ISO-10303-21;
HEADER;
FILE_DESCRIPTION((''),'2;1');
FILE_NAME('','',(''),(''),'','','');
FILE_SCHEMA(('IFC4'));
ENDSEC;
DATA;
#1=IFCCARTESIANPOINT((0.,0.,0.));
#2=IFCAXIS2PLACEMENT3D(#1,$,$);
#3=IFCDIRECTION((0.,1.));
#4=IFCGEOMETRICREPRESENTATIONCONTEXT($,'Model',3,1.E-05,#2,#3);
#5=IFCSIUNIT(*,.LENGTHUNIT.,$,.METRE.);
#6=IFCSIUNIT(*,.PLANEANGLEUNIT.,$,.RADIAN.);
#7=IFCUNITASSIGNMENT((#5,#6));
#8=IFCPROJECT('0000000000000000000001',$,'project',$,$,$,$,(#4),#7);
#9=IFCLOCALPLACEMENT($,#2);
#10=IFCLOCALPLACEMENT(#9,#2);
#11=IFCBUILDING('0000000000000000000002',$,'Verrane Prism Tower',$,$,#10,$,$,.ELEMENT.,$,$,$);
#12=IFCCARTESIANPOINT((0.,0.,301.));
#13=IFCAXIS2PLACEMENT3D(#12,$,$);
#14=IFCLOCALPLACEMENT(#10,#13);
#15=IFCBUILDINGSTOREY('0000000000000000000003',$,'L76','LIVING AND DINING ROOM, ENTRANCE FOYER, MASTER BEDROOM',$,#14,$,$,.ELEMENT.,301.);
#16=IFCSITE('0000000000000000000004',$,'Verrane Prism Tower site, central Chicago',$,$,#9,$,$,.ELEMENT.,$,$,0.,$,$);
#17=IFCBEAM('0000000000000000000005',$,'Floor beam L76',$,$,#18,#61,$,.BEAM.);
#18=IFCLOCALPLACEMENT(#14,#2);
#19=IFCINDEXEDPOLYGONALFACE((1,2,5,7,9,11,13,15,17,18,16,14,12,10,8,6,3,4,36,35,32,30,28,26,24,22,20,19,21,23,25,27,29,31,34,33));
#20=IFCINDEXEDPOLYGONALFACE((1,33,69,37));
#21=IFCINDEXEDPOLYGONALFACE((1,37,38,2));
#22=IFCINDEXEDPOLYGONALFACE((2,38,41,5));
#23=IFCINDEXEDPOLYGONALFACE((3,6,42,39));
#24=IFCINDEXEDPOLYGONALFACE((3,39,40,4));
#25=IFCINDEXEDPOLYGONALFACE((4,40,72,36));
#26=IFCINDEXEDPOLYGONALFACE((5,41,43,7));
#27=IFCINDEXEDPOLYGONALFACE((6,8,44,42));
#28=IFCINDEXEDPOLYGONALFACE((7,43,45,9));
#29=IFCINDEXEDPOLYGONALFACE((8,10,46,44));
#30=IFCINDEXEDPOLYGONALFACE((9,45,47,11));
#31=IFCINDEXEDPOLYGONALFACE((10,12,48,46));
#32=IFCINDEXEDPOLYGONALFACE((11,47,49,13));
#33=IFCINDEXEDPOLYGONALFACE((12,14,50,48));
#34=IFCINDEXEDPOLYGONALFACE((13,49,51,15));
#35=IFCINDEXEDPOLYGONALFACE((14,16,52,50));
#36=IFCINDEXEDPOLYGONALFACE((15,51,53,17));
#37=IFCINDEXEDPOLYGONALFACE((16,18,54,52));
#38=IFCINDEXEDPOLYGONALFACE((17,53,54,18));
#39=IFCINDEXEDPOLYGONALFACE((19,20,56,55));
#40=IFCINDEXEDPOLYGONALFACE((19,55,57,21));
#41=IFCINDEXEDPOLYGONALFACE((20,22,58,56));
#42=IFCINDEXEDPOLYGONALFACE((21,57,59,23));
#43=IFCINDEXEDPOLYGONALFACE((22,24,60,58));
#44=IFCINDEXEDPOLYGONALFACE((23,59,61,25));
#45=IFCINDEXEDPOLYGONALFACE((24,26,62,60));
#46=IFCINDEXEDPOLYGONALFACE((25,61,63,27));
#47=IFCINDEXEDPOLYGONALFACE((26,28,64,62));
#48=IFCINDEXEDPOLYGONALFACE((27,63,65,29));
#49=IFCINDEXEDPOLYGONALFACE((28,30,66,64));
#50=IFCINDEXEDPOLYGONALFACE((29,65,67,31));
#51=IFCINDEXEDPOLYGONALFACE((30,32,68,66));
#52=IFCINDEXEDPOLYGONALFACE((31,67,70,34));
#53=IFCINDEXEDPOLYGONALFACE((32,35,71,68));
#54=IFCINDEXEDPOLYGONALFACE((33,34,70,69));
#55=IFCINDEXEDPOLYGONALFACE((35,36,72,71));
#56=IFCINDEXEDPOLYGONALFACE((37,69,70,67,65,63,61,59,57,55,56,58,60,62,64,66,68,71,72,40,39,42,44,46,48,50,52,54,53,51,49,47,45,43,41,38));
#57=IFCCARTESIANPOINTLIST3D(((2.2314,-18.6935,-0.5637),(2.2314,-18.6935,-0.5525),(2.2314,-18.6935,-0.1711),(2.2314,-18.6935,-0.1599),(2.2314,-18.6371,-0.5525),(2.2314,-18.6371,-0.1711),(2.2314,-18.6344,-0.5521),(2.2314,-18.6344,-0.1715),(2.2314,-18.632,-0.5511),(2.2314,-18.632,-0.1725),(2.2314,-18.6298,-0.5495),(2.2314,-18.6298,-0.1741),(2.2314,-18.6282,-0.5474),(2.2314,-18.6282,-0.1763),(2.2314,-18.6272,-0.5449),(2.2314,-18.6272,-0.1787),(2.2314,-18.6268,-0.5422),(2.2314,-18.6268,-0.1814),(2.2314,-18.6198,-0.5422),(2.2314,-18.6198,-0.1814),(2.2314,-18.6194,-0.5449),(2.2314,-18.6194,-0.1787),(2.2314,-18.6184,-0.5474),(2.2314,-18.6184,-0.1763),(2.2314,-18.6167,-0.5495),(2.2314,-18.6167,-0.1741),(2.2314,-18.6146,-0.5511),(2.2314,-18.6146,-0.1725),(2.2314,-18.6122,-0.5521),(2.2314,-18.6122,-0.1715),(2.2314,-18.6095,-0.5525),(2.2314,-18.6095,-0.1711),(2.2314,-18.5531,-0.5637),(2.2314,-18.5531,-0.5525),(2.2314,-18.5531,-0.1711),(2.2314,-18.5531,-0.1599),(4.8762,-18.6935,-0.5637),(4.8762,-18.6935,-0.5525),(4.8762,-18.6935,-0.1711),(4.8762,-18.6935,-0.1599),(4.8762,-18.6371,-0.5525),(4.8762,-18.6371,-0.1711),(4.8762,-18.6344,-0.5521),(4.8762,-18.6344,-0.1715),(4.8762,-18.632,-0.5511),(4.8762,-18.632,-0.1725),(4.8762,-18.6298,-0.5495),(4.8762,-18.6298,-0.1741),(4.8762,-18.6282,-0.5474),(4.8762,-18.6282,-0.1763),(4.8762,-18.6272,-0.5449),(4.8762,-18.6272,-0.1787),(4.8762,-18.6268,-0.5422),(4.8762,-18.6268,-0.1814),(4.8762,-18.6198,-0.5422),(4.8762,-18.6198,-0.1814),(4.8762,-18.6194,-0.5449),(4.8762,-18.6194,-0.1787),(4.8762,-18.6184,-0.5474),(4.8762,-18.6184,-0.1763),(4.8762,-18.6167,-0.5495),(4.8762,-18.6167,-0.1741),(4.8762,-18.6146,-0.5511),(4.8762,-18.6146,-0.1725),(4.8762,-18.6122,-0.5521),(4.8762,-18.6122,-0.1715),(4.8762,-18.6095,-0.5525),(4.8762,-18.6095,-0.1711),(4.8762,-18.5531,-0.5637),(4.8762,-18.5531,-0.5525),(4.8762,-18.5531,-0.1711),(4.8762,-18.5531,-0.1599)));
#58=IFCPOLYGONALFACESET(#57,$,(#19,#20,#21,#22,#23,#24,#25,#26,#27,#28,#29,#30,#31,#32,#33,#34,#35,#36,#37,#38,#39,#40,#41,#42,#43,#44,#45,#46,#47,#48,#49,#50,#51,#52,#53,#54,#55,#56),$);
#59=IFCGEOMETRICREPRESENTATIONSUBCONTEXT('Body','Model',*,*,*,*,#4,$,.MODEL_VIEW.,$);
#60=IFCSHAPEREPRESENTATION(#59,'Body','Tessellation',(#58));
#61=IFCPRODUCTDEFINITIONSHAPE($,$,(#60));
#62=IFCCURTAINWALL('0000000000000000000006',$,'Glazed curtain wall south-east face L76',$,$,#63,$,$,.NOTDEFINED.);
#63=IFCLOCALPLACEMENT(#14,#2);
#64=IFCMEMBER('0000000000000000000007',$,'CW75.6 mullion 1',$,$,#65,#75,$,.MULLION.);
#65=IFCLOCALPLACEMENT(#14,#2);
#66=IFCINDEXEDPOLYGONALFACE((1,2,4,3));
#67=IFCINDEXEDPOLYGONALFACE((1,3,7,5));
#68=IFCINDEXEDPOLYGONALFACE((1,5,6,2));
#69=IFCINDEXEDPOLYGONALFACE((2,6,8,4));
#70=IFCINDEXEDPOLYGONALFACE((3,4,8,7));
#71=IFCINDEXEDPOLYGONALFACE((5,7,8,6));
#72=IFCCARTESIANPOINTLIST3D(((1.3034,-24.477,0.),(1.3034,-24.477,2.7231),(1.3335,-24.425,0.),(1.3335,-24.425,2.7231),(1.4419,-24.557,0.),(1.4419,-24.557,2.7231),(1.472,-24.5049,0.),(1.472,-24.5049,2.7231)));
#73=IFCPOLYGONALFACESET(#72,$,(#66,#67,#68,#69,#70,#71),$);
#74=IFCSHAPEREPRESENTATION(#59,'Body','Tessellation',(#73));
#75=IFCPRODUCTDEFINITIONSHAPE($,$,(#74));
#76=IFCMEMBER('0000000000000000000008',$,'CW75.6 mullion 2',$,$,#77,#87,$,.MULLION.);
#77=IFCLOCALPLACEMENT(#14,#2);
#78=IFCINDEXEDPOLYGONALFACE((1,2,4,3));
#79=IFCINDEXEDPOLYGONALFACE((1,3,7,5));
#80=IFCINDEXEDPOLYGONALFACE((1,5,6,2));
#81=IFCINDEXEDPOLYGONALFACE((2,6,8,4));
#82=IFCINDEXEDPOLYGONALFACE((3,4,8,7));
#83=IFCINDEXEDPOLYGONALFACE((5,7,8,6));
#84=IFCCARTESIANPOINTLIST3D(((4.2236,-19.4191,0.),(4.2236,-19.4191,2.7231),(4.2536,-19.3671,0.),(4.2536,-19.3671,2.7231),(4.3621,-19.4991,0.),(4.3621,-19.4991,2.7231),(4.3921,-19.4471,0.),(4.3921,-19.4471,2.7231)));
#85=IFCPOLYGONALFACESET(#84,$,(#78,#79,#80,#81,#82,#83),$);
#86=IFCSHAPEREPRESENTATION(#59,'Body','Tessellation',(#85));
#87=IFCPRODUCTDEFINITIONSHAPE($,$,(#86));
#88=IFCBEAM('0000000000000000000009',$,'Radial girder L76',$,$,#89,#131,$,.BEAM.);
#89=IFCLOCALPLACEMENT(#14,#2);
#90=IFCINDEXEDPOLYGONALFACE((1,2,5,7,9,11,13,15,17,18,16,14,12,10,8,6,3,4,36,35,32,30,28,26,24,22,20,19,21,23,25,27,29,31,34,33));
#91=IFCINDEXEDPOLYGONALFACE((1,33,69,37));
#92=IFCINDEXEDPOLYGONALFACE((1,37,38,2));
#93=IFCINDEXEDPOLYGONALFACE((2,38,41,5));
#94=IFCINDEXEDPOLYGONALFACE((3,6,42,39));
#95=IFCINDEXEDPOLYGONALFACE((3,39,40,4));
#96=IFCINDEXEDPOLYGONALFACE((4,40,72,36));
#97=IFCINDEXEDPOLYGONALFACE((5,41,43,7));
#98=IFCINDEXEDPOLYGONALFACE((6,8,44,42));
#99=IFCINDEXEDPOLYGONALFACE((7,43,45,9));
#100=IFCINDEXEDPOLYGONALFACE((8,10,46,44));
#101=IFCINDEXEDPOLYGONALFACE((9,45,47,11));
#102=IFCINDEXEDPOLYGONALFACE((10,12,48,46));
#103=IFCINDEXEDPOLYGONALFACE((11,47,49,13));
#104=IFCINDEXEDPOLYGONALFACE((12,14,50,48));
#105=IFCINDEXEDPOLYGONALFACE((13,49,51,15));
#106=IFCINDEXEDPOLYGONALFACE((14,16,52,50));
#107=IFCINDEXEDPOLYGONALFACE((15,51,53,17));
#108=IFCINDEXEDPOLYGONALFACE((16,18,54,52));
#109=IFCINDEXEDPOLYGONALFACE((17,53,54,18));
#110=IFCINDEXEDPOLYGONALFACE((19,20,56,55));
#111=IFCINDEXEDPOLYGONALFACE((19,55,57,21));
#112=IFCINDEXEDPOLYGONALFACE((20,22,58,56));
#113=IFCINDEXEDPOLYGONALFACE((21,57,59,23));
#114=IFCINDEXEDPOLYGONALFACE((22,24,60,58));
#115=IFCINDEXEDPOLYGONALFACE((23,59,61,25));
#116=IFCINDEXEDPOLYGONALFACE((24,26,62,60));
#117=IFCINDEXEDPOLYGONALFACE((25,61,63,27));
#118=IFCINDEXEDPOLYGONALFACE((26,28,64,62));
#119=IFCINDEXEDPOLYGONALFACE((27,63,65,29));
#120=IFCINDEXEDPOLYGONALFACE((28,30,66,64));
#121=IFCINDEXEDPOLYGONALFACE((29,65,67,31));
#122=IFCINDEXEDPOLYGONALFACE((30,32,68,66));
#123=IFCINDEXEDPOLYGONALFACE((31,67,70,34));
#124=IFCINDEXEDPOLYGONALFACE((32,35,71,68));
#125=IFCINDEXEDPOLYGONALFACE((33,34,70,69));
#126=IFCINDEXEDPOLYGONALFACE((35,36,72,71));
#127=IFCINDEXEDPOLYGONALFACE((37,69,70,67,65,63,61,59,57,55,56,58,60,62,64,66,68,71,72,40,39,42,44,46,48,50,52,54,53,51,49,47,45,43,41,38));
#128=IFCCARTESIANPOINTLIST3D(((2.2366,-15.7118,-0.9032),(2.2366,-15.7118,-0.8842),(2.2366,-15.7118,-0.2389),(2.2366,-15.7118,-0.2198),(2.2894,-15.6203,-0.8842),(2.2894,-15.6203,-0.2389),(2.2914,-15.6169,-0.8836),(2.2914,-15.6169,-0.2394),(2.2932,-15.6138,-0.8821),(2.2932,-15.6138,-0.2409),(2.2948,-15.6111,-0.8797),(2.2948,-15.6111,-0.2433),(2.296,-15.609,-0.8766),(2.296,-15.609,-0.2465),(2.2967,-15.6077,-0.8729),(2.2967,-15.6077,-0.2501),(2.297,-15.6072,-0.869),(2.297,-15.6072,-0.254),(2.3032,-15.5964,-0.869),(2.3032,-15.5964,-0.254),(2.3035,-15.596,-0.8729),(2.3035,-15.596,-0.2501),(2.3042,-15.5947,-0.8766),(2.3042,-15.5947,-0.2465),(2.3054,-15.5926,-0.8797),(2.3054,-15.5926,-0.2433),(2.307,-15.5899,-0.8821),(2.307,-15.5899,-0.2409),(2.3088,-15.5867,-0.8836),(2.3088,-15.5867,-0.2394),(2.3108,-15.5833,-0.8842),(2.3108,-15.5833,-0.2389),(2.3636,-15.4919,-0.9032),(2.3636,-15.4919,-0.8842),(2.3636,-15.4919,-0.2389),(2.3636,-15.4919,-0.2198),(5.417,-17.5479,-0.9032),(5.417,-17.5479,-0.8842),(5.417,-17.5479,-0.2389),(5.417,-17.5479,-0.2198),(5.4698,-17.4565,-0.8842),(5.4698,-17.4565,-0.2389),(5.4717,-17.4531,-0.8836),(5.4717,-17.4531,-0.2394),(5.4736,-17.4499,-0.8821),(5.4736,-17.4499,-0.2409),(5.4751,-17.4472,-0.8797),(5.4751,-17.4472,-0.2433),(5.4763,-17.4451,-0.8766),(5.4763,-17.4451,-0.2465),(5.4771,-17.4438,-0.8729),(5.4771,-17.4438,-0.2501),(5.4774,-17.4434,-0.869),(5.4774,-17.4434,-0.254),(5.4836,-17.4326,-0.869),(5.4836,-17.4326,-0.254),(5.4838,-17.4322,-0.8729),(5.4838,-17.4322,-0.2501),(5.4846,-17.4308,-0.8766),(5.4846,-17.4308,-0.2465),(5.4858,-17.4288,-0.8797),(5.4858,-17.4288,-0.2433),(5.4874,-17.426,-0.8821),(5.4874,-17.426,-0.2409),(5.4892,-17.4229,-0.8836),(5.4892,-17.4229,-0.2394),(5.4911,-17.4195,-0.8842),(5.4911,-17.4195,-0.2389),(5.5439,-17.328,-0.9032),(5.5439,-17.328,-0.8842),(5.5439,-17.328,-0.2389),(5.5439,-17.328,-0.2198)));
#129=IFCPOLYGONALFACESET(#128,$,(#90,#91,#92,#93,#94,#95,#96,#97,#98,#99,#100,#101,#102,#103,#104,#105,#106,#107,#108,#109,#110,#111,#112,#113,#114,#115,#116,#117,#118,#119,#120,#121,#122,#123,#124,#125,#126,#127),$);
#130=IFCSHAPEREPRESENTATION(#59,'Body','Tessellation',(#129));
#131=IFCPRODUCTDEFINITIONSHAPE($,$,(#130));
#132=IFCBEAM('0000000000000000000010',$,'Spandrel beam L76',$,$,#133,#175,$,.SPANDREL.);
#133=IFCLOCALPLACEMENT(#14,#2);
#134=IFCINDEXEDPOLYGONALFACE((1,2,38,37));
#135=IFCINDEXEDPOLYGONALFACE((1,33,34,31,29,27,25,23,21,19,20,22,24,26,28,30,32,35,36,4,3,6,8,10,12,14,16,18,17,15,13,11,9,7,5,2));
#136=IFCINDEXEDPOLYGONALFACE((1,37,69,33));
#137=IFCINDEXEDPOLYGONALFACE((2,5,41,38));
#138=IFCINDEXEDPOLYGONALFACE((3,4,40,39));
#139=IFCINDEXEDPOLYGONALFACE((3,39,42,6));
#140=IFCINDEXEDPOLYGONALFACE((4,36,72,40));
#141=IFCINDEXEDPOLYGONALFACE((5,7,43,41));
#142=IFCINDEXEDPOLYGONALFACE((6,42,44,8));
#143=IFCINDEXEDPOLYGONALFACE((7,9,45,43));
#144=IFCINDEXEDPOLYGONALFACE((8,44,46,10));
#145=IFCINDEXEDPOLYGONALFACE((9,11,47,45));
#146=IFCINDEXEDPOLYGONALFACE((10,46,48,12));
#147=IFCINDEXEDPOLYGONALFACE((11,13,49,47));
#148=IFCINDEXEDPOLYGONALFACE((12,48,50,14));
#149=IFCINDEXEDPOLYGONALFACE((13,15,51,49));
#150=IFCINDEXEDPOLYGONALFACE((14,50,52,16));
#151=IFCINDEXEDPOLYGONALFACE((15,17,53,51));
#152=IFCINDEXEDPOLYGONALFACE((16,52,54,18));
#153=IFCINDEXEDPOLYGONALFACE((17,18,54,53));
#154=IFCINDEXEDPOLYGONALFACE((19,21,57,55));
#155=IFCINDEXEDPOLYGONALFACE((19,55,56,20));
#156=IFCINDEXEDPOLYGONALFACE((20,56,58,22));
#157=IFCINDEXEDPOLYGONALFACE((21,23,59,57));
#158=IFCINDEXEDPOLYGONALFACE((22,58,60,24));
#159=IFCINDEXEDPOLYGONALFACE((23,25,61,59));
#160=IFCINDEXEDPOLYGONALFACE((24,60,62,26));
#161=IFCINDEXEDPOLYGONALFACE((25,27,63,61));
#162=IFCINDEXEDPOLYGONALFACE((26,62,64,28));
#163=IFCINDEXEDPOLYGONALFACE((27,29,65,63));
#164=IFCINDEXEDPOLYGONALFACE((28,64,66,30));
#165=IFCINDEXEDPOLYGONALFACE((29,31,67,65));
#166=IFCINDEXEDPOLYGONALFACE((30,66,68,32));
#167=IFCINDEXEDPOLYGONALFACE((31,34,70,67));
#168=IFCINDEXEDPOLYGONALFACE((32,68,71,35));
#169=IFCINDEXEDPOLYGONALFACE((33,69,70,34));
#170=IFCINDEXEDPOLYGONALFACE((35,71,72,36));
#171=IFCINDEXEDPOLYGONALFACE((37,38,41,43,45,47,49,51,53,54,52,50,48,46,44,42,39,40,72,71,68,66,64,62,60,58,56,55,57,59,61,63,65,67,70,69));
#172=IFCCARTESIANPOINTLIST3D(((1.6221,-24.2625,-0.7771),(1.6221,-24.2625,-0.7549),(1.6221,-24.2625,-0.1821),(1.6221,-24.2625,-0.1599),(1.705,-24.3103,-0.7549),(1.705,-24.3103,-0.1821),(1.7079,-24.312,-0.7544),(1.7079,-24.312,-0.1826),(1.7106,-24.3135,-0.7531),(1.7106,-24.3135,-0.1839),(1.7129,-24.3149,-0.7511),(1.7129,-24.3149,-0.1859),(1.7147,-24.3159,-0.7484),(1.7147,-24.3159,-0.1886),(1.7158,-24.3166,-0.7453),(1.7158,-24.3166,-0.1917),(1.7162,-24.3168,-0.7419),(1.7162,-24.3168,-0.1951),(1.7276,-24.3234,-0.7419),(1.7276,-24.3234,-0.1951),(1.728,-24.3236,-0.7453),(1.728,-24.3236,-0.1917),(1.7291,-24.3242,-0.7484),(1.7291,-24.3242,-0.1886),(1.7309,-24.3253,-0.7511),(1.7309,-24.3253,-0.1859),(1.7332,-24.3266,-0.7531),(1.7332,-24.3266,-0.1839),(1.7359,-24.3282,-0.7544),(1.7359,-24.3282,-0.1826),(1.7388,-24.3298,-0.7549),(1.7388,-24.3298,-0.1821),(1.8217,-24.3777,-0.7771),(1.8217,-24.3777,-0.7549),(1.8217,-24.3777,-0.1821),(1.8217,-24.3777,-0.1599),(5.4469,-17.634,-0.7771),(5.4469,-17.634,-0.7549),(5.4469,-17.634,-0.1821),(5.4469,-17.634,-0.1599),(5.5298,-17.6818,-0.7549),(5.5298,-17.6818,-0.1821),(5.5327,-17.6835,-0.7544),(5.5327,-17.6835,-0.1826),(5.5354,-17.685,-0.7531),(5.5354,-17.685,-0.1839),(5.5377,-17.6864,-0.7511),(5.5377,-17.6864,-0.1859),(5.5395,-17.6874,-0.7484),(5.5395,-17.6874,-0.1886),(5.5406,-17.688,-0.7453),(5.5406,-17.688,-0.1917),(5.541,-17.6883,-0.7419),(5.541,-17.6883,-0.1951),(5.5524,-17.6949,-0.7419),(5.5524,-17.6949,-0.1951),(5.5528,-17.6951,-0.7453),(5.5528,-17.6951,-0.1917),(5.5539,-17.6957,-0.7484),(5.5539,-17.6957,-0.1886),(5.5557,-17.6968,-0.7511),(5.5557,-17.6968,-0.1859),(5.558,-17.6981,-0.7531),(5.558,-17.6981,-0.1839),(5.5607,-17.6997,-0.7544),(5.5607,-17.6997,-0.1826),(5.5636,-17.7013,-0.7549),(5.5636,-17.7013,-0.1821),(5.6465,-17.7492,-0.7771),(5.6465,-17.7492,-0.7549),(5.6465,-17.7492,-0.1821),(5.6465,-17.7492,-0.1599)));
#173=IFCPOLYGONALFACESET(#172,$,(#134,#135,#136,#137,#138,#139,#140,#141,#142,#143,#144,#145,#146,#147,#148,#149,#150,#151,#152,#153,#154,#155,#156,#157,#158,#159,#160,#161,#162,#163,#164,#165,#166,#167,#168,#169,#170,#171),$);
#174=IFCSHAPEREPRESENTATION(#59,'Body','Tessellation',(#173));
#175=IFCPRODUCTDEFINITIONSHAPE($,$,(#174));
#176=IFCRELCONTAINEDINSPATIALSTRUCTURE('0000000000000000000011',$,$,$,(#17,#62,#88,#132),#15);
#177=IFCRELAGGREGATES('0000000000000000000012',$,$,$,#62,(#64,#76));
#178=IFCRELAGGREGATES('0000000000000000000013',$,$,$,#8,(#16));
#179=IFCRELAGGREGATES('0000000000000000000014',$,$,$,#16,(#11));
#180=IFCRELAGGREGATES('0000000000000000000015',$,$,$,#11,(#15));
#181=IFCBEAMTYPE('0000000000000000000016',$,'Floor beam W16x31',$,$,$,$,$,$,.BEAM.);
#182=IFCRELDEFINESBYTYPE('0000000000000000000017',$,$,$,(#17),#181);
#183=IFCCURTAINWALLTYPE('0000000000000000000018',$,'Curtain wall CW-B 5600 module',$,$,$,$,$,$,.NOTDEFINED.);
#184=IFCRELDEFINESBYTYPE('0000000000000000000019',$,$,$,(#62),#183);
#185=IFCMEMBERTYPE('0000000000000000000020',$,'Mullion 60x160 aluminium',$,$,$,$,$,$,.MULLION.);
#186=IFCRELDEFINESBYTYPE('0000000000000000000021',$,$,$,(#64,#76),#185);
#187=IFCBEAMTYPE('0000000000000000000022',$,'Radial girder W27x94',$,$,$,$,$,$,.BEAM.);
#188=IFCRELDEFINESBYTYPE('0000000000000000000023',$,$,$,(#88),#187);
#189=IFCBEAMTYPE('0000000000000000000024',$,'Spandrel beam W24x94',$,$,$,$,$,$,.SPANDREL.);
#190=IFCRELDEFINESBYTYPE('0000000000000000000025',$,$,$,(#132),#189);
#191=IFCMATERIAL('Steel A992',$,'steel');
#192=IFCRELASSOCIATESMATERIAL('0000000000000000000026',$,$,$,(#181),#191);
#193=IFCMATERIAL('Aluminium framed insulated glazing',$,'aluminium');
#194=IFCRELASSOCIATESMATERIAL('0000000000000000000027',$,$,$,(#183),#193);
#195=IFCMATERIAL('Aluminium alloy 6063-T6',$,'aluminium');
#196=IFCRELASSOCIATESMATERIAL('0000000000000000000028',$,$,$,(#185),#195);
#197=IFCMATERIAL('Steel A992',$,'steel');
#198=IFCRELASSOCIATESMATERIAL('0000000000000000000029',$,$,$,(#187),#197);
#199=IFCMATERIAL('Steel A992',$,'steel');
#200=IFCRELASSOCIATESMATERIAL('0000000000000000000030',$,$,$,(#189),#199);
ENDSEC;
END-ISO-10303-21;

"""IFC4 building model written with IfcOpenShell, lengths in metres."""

from ifc_helpers import new_model, si_unit, direction, frame, origin, origin_2d, place, context, subcontext, project, spatial, rectangle, i_section, extrude, material, material_profile, profile_set, type_object, element, aggregate, save


model = new_model("IFC4")

# Units and contexts
model_context = context("Model", 3, precision=1e-05, world=origin(), true_north=direction((0.0, 1.0)))
body_context = subcontext(model_context, "Body", "Model", "MODEL_VIEW")
ifc_project = project(units=[si_unit("LENGTHUNIT", "METRE"), si_unit("PLANEANGLEUNIT", "RADIAN")], contexts=[model_context])

# Site, building, storey
site_placement = place(None, origin())
site = spatial("IfcSite", under=ifc_project, at=site_placement, Name="Verrane Prism Tower site, central Chicago", CompositionType="ELEMENT", RefElevation=0.0)
building_placement = place(site_placement, origin())
building = spatial("IfcBuilding", under=site, at=building_placement, Name="Verrane Prism Tower", CompositionType="ELEMENT")
storey_placement = place(building_placement, frame((0.0, 0.0, 301.0)))
storey = spatial("IfcBuildingStorey", under=building, at=storey_placement, Name="L76", Description="LIVING AND DINING ROOM, ENTRANCE FOYER, MASTER BEDROOM", CompositionType="ELEMENT", Elevation=301.0)

# Beam
ifc_material_1 = material(Name="Steel A992", Category="steel")
ifc_material_profile_1 = material_profile(ifc_material_1, i_section(OverallWidth=0.1404, OverallDepth=0.4038, WebThickness=0.0071, FlangeThickness=0.0112, FilletRadius=0.0103, at=origin_2d()), Name="W16x31")
ifc_profile_set_1 = profile_set([ifc_material_profile_1], Name="Steel A992")
beam_type_1 = type_object("IfcBeamType", Name="Floor beam W16x31", PredefinedType="BEAM", material=ifc_profile_set_1)
beam_1_placement = place(storey_placement, frame((2.2314, -18.6233, -0.3618), z_axis=(1.0, 0.0, 0.0), x_axis=(0.0, 1.0, 0.0)))
element("IfcBeam", 1, at=beam_1_placement, inside=storey, type_object=beam_type_1, Name="Floor beam L76", PredefinedType="BEAM", context=body_context, shape_type="SweptSolid", body=[
    extrude(i_section(OverallWidth=0.1404, OverallDepth=0.4038, WebThickness=0.0071, FlangeThickness=0.0112, FilletRadius=0.0103, at=origin_2d()), origin(), (0.0, 0.0, 1.0), 2.6448),
])

# Curtain wall, members
ifc_material_2 = material(Name="Aluminium framed insulated glazing", Category="aluminium")
curtain_wall_type_1 = type_object("IfcCurtainWallType", Name="Curtain wall CW-B 5600 module", PredefinedType="NOTDEFINED", material=ifc_material_2)
curtain_wall_1_placement = place(storey_placement, origin())
curtain_wall_1 = element("IfcCurtainWall", 2, at=curtain_wall_1_placement, inside=storey, type_object=curtain_wall_type_1, Name="Glazed curtain wall south-east face L76", PredefinedType="NOTDEFINED")
ifc_material_3 = material(Name="Aluminium alloy 6063-T6", Category="aluminium")
ifc_material_profile_2 = material_profile(ifc_material_3, rectangle(XDim=0.1599, YDim=0.0601, at=origin_2d()), Name="Mullion 60x160 aluminium")
ifc_profile_set_2 = profile_set([ifc_material_profile_2], Name="Aluminium alloy 6063-T6")
member_type_1 = type_object("IfcMemberType", Name="Mullion 60x160 aluminium", PredefinedType="MULLION", material=ifc_profile_set_2)
member_1_placement = place(storey_placement, frame((1.3877, -24.491, 0.0), z_axis=(0.0, 0.0, 1.0), x_axis=(-0.866025, 0.500001, 0.0)))
member_1 = element("IfcMember", 3, at=member_1_placement, type_object=member_type_1, Name="CW75.6 mullion 1", PredefinedType="MULLION", context=body_context, shape_type="SweptSolid", body=[
    extrude(rectangle(XDim=0.1599, YDim=0.0601, at=origin_2d()), origin(), (0.0, 0.0, 1.0), 2.7231),
])
member_2_placement = place(storey_placement, frame((4.3079, -19.4331, 0.0), z_axis=(0.0, 0.0, 1.0), x_axis=(-0.866025, 0.500001, 0.0)))
member_2 = element("IfcMember", 4, at=member_2_placement, type_object=member_type_1, Name="CW75.6 mullion 2", PredefinedType="MULLION", context=body_context, shape_type="SweptSolid", body=[
    extrude(rectangle(XDim=0.1599, YDim=0.0601, at=origin_2d()), origin(), (0.0, 0.0, 1.0), 2.7231),
])

# Beams
ifc_material_4 = material(Name="Steel A992", Category="steel")
ifc_material_profile_3 = material_profile(ifc_material_4, i_section(OverallWidth=0.2539, OverallDepth=0.6833, WebThickness=0.0125, FlangeThickness=0.019, FilletRadius=0.0151, at=origin_2d()), Name="W27x94")
ifc_profile_set_3 = profile_set([ifc_material_profile_3], Name="Steel A992")
beam_type_2 = type_object("IfcBeamType", Name="Radial girder W27x94", PredefinedType="BEAM", material=ifc_profile_set_3)
beam_2_placement = place(storey_placement, frame((5.4805, -17.438, -0.5615), z_axis=(-0.866029, 0.499993, 0.0), x_axis=(-0.499993, -0.866029, 0.0)))
element("IfcBeam", 5, at=beam_2_placement, inside=storey, type_object=beam_type_2, Name="Radial girder L76", PredefinedType="BEAM", context=body_context, shape_type="SweptSolid", body=[
    extrude(i_section(OverallWidth=0.2539, OverallDepth=0.6833, WebThickness=0.0125, FlangeThickness=0.019, FilletRadius=0.0151, at=origin_2d()), origin(), (0.0, 0.0, 1.0), 3.6724),
])
ifc_material_5 = material(Name="Steel A992", Category="steel")
ifc_material_profile_4 = material_profile(ifc_material_5, i_section(OverallWidth=0.2305, OverallDepth=0.6172, WebThickness=0.0132, FlangeThickness=0.0222, FilletRadius=0.0129, at=origin_2d()), Name="W24x94")
ifc_profile_set_4 = profile_set([ifc_material_profile_4], Name="Steel A992")
beam_type_3 = type_object("IfcBeamType", Name="Spandrel beam W24x94", PredefinedType="SPANDREL", material=ifc_profile_set_4)
beam_3_placement = place(storey_placement, frame((1.7219, -24.3201, -0.4685), z_axis=(0.499783, 0.866151, 0.0), x_axis=(-0.866151, 0.499783, 0.0)))
element("IfcBeam", 6, at=beam_3_placement, inside=storey, type_object=beam_type_3, Name="Spandrel beam L76", PredefinedType="SPANDREL", context=body_context, shape_type="SweptSolid", body=[
    extrude(i_section(OverallWidth=0.2305, OverallDepth=0.6172, WebThickness=0.0132, FlangeThickness=0.0222, FilletRadius=0.0129, at=origin_2d()), origin(), (0.0, 0.0, 1.0), 7.6528),
])

aggregate(curtain_wall_1, [member_1, member_2])

save(model, "model.ifc")
